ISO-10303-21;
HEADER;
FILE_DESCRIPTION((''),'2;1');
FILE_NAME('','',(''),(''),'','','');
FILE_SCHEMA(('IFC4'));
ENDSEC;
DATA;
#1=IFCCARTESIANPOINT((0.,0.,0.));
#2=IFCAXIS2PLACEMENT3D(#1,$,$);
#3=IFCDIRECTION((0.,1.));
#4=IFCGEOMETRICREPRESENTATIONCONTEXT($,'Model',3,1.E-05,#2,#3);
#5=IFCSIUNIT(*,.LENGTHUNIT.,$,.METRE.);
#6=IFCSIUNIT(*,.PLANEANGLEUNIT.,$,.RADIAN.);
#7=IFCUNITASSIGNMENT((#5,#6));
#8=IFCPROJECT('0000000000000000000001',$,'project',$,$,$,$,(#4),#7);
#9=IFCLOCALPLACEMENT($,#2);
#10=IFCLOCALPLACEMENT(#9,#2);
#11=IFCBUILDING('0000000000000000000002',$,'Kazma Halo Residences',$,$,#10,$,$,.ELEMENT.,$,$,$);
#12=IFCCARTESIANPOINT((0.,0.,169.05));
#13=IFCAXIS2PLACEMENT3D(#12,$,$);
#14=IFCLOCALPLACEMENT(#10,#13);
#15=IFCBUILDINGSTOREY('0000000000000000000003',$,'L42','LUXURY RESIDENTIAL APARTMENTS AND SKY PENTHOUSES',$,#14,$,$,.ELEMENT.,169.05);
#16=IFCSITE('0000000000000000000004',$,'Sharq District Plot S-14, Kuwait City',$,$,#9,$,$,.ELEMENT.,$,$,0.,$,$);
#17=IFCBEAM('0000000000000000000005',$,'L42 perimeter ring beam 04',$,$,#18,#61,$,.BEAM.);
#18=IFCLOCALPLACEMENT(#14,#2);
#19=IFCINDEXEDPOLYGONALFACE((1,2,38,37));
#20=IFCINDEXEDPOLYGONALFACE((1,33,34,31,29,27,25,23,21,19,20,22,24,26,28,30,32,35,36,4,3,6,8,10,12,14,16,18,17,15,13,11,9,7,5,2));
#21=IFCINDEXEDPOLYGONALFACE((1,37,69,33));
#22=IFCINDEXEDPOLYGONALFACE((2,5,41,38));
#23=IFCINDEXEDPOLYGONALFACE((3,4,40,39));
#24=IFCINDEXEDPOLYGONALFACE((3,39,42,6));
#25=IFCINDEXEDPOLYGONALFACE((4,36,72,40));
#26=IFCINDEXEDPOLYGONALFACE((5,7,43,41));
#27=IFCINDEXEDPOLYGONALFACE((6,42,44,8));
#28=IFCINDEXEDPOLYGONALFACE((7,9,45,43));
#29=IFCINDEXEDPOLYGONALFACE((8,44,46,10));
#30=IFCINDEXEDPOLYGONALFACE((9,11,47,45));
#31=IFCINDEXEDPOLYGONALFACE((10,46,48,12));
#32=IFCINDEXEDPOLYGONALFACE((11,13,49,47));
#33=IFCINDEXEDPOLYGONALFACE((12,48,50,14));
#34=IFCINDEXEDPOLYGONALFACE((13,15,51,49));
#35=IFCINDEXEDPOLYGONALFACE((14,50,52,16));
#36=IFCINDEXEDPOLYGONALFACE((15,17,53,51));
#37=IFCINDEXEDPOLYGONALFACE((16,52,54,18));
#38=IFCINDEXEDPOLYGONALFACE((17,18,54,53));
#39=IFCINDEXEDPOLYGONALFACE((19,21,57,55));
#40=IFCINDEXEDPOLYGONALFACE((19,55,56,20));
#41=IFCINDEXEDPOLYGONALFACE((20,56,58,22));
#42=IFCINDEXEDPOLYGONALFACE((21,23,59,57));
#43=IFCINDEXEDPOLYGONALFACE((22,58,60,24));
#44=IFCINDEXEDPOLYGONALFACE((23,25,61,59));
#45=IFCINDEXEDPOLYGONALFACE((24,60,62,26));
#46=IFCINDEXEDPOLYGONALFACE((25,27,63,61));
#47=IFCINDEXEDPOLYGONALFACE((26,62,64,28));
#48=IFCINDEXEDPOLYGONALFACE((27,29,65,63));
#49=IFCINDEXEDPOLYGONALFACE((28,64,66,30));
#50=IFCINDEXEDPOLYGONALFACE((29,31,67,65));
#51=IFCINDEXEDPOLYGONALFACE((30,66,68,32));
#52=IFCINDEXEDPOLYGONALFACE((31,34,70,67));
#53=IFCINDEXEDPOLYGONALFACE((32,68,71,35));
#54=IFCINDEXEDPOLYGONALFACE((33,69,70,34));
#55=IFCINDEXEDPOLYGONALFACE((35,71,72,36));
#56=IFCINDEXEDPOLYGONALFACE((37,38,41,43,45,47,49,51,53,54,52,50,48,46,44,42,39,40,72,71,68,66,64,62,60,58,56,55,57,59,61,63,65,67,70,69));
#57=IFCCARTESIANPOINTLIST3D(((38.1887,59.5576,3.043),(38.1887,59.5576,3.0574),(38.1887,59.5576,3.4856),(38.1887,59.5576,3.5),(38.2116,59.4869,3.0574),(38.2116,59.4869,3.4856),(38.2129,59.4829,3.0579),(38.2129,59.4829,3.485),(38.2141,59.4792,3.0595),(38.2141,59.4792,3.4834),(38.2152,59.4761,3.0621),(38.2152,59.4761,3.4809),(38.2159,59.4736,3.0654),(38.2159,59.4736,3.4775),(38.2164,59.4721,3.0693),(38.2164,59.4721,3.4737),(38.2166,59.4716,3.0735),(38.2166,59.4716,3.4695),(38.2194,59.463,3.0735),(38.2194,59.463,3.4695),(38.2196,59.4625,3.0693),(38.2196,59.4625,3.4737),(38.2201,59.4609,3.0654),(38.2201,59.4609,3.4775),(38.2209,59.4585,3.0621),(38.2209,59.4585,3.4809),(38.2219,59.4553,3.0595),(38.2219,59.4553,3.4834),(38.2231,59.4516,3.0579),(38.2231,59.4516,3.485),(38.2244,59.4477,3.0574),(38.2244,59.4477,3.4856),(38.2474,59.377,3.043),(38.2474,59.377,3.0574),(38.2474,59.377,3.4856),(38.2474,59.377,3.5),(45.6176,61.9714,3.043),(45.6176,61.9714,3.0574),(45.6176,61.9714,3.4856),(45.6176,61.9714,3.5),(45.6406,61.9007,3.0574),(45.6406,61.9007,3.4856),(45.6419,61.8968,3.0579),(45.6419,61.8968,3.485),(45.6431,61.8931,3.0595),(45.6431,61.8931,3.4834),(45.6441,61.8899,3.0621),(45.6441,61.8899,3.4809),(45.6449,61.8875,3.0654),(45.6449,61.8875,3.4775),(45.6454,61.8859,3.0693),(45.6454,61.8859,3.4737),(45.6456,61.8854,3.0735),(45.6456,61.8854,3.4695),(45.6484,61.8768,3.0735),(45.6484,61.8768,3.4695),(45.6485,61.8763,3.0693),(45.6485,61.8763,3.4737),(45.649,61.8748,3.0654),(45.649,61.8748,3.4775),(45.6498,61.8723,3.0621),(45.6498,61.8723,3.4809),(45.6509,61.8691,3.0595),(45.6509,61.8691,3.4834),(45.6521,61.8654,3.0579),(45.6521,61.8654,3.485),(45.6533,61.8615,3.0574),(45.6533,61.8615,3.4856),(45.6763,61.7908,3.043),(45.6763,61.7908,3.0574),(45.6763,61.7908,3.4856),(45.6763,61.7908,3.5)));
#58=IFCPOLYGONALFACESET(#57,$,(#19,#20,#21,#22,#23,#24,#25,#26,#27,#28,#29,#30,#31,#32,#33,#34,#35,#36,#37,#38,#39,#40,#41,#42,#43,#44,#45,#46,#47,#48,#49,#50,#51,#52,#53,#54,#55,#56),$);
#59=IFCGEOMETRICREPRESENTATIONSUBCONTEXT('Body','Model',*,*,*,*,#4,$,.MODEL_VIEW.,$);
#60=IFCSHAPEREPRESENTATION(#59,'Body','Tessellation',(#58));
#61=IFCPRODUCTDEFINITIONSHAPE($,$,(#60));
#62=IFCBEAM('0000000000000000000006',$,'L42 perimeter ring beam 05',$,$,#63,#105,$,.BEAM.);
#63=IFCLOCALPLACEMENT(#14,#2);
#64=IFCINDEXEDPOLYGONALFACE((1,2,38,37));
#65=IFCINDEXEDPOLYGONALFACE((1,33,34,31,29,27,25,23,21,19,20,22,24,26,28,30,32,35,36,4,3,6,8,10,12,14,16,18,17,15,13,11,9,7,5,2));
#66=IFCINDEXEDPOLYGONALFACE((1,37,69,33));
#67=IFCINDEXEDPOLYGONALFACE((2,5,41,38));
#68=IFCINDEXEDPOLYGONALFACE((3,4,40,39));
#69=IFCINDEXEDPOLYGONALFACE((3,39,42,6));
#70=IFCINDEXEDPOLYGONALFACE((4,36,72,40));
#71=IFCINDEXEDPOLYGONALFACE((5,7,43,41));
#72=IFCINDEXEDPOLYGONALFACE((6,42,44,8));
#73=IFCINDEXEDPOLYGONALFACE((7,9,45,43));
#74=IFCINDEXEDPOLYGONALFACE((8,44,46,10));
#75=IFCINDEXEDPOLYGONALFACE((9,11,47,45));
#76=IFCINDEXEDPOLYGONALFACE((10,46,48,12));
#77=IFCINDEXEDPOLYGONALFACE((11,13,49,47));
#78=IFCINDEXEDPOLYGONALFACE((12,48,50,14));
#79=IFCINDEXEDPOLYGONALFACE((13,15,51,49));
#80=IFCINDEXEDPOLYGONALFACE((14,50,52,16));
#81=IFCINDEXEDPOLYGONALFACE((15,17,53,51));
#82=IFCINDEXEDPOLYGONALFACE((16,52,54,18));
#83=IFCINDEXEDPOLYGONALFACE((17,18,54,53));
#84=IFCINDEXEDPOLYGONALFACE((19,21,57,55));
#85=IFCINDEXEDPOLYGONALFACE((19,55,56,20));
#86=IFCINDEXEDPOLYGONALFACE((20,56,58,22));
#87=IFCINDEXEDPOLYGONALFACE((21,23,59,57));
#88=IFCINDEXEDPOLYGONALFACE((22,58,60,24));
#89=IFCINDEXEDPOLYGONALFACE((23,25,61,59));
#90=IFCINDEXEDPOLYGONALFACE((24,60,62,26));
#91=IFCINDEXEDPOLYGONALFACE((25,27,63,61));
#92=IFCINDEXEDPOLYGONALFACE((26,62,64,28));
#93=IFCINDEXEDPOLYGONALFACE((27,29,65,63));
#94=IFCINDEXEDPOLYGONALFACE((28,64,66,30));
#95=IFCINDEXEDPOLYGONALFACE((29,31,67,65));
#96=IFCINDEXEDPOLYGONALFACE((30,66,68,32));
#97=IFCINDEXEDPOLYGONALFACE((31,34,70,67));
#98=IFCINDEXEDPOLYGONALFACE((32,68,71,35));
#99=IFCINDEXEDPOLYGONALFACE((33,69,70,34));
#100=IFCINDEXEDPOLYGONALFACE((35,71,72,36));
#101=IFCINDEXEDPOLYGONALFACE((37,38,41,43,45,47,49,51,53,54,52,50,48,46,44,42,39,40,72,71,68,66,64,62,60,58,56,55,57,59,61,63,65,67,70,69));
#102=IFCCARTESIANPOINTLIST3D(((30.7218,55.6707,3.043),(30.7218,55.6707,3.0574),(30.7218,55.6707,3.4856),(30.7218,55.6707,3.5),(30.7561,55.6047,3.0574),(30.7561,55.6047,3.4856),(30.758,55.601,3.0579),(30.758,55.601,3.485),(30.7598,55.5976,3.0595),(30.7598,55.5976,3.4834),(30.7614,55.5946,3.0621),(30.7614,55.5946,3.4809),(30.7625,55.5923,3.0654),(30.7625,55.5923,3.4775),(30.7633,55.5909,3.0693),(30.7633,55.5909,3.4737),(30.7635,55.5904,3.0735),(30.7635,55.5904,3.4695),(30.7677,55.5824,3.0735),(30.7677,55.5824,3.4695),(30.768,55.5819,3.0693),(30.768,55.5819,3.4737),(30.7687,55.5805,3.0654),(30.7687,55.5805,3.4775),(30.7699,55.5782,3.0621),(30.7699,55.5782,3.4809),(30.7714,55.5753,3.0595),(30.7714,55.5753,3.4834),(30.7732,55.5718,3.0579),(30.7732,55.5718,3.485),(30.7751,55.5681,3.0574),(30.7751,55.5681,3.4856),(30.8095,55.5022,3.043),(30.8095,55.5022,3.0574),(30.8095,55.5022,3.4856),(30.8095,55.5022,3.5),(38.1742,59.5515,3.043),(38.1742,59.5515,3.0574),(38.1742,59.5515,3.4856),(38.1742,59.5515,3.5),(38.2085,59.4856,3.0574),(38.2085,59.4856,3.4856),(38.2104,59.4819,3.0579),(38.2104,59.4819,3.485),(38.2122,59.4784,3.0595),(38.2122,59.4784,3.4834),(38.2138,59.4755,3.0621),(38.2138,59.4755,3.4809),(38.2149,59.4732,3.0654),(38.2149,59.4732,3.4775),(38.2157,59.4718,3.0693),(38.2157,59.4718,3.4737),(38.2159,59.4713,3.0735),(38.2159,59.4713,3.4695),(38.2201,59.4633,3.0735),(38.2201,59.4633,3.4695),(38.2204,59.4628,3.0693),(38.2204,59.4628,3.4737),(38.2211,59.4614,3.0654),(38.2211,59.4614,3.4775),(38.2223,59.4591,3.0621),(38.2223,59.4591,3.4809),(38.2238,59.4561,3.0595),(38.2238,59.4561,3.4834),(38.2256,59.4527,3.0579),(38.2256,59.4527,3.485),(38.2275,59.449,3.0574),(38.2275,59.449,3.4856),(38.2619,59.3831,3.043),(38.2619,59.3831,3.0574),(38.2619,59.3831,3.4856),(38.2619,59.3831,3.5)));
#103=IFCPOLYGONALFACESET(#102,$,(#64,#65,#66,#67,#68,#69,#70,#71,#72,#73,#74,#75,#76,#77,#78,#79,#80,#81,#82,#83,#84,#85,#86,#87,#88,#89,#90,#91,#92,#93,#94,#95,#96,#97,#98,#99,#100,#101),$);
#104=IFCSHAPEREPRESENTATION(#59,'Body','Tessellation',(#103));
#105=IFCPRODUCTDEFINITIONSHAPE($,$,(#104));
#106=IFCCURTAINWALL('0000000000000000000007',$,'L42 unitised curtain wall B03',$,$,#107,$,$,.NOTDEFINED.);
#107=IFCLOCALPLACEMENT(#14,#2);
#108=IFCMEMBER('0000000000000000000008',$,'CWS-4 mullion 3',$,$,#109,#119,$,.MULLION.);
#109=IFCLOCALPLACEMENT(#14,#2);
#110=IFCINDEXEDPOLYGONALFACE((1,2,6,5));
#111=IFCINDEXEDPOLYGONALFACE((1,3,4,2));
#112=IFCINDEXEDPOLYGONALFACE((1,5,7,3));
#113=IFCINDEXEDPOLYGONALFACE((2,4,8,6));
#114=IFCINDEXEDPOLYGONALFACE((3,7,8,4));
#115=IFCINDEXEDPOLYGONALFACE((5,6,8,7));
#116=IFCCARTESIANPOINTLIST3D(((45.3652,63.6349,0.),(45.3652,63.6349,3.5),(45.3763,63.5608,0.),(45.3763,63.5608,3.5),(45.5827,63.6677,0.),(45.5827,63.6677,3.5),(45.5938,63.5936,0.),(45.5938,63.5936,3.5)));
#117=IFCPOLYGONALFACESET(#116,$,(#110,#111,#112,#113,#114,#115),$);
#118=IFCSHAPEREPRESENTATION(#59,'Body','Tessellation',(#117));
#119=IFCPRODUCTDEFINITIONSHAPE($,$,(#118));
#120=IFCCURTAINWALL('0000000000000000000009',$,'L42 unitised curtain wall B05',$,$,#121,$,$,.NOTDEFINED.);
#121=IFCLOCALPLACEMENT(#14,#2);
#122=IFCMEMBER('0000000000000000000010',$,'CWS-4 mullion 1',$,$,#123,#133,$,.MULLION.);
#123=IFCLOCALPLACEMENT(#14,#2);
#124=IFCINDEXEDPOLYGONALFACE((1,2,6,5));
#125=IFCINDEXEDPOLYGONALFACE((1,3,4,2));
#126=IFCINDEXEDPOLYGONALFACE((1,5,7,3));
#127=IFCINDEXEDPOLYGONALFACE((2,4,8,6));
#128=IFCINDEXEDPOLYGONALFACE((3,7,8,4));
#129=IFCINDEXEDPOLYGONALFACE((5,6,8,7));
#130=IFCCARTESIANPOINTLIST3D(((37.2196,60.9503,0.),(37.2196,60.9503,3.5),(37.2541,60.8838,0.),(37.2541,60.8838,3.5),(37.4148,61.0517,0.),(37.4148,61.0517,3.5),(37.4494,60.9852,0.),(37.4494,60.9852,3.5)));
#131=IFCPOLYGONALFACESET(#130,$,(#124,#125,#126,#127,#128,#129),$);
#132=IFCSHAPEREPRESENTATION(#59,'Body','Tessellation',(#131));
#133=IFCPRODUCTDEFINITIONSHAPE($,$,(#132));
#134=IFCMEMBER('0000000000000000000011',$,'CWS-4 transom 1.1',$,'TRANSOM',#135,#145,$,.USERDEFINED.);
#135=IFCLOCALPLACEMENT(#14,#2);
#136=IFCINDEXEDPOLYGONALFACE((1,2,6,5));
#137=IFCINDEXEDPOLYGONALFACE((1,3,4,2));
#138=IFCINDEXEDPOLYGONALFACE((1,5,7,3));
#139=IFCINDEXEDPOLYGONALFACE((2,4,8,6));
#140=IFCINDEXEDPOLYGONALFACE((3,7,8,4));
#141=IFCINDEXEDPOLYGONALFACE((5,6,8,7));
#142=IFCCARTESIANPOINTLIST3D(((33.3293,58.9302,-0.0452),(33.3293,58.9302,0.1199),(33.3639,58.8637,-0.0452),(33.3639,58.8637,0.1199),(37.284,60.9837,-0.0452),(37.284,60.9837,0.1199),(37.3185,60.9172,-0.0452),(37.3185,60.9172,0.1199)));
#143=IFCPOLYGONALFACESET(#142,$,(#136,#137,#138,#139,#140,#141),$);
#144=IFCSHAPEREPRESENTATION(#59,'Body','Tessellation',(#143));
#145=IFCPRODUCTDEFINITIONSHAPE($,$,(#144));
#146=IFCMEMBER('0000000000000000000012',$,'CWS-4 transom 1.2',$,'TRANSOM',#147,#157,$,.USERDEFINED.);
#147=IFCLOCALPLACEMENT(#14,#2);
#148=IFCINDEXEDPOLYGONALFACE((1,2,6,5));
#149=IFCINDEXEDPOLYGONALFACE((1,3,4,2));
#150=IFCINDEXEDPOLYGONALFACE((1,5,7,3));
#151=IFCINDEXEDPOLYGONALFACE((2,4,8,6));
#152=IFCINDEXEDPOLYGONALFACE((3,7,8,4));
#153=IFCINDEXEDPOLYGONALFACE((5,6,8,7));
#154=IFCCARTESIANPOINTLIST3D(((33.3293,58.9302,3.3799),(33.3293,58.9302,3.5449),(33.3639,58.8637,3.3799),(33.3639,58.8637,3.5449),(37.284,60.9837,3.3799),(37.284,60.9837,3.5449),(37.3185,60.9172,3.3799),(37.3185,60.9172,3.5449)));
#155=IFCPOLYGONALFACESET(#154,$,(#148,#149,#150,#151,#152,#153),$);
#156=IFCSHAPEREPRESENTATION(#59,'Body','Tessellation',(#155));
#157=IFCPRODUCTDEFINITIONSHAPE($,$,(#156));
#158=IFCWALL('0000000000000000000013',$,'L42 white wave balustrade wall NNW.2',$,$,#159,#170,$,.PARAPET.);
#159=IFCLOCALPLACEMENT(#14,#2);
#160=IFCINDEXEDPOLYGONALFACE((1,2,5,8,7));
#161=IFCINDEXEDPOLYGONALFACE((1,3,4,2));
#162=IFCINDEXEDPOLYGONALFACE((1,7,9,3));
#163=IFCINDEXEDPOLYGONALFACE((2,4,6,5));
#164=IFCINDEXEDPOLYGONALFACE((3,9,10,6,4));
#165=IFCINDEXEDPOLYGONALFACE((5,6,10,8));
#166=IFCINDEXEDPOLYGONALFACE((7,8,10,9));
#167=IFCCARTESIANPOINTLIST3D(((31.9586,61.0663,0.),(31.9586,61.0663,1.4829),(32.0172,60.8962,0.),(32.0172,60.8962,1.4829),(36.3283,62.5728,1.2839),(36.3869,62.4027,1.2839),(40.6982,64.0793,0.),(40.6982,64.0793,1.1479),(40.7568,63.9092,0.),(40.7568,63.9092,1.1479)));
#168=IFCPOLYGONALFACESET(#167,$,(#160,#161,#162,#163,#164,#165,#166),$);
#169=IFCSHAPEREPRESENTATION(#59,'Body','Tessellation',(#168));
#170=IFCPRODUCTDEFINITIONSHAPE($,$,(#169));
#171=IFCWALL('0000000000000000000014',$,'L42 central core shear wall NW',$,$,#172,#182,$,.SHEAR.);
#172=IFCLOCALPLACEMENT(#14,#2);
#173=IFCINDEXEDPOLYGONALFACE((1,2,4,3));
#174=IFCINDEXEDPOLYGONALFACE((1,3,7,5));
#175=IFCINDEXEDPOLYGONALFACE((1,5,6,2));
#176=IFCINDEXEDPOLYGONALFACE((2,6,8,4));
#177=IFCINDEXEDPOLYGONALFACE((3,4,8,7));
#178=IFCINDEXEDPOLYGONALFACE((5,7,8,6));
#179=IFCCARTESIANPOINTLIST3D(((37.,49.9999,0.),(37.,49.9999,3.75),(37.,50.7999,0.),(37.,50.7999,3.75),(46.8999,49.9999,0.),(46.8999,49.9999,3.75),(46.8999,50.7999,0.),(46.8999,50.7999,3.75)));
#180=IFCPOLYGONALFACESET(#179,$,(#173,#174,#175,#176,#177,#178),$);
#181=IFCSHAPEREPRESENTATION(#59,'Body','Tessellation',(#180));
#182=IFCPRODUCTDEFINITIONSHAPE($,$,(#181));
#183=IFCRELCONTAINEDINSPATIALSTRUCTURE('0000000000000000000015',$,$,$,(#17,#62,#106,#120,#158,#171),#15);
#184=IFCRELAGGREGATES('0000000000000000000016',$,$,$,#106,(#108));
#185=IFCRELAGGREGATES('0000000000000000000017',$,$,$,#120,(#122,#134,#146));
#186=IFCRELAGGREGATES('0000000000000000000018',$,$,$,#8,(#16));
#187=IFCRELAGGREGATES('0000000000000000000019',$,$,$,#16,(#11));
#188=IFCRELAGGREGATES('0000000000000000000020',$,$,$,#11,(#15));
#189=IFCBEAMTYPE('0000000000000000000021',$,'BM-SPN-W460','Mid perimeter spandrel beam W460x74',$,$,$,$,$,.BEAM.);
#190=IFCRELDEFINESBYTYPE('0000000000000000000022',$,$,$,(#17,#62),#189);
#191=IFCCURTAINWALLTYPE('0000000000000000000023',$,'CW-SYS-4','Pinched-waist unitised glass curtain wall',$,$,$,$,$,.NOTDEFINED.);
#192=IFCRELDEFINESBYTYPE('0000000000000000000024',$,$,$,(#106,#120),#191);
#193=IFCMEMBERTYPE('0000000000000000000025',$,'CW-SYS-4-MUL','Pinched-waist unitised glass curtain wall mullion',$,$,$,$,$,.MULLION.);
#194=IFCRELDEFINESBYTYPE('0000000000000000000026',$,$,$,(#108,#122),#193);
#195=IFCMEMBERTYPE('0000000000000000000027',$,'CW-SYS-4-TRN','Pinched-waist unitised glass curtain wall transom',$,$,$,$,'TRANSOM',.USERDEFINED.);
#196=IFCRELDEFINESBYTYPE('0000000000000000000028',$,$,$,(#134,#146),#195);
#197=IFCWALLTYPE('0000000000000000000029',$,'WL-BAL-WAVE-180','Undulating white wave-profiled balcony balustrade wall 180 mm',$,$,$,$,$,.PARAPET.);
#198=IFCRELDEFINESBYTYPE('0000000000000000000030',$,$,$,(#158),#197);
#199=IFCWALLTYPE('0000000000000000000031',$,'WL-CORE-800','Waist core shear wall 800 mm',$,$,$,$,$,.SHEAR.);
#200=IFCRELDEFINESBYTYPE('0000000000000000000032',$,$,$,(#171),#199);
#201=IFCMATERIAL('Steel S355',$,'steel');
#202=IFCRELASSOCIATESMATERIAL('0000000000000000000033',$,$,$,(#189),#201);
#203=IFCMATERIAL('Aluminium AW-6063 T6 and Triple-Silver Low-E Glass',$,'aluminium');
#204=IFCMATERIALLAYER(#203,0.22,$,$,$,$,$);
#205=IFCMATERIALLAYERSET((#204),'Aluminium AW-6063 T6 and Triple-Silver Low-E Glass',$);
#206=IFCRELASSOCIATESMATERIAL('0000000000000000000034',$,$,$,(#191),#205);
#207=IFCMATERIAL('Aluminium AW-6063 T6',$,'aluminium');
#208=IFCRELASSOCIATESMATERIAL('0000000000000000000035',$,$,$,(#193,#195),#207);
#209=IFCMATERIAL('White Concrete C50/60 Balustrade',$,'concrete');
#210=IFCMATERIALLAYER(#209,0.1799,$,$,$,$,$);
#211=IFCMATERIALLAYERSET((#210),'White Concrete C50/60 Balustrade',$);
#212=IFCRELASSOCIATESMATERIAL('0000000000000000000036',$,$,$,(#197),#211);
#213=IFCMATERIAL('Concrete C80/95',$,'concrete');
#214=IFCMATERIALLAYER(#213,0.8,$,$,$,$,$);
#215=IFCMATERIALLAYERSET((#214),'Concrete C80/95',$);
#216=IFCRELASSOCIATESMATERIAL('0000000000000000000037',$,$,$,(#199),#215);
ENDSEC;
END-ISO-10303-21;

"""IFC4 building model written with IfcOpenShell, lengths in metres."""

from ifc_helpers import new_model, si_unit, direction, frame, frame_2d, origin, origin_2d, place, context, subcontext, project, spatial, polyline, rectangle, i_section, outline, extrude, material, layer, layer_set, material_profile, profile_set, type_object, element, aggregate, save


model = new_model("IFC4")

# Units and contexts
model_context = context("Model", 3, precision=1e-05, world=origin(), true_north=direction((0.0, 1.0)))
body_context = subcontext(model_context, "Body", "Model", "MODEL_VIEW")
ifc_project = project(units=[si_unit("LENGTHUNIT", "METRE"), si_unit("PLANEANGLEUNIT", "RADIAN")], contexts=[model_context])

# Site, building, storey
site_placement = place(None, origin())
site = spatial("IfcSite", under=ifc_project, at=site_placement, Name="Sharq District Plot S-14, Kuwait City", CompositionType="ELEMENT", RefElevation=0.0)
building_placement = place(site_placement, origin())
building = spatial("IfcBuilding", under=site, at=building_placement, Name="Kazma Halo Residences", CompositionType="ELEMENT")
storey_placement = place(building_placement, frame((0.0, 0.0, 169.05)))
storey = spatial("IfcBuildingStorey", under=building, at=storey_placement, Name="L42", Description="LUXURY RESIDENTIAL APARTMENTS AND SKY PENTHOUSES", CompositionType="ELEMENT", Elevation=169.05)

# Shared definitions
ifc_material_1 = material(Name="Concrete C80/95", Category="concrete")

# Beams
ifc_material_2 = material(Name="Steel S355", Category="steel")
ifc_material_profile_1 = material_profile(ifc_material_2, i_section(OverallWidth=0.1899, OverallDepth=0.457, WebThickness=0.009, FlangeThickness=0.0144, FilletRadius=0.0161, at=origin_2d()), Name="W460x74")
ifc_profile_set_1 = profile_set([ifc_material_profile_1], Name="Steel S355")
beam_type_1 = type_object("IfcBeamType", Name="BM-SPN-W460", Description="Mid perimeter spandrel beam W460x74", PredefinedType="BEAM", material=ifc_profile_set_1)
beam_1_placement = place(storey_placement, frame((45.647, 61.8811, 3.2715), z_axis=(-0.951056, -0.309018, 0.0), x_axis=(0.309018, -0.951056, 0.0)))
element("IfcBeam", 1, at=beam_1_placement, inside=storey, type_object=beam_type_1, Name="L42 perimeter ring beam 04", PredefinedType="BEAM", context=body_context, shape_type="SweptSolid", body=[
    extrude(i_section(OverallWidth=0.1899, OverallDepth=0.457, WebThickness=0.009, FlangeThickness=0.0144, FilletRadius=0.0161, at=origin_2d()), origin(), (0.0, 0.0, 1.0), 7.8113),
])
beam_2_placement = place(storey_placement, frame((38.218, 59.4673, 3.2715), z_axis=(-0.886943, -0.461879, 0.0), x_axis=(0.461879, -0.886943, 0.0)))
element("IfcBeam", 2, at=beam_2_placement, inside=storey, type_object=beam_type_1, Name="L42 perimeter ring beam 05", PredefinedType="BEAM", context=body_context, shape_type="SweptSolid", body=[
    extrude(i_section(OverallWidth=0.1899, OverallDepth=0.457, WebThickness=0.009, FlangeThickness=0.0144, FilletRadius=0.0161, at=origin_2d()), origin(), (0.0, 0.0, 1.0), 8.4023),
])

# Curtain wall, member
ifc_material_3 = material(Name="Aluminium AW-6063 T6 and Triple-Silver Low-E Glass", Category="aluminium")
ifc_layer_1 = layer(ifc_material_3, 0.22)
ifc_layer_set_1 = layer_set([ifc_layer_1], Name="Aluminium AW-6063 T6 and Triple-Silver Low-E Glass")
curtain_wall_type = type_object("IfcCurtainWallType", Name="CW-SYS-4", Description="Pinched-waist unitised glass curtain wall", PredefinedType="NOTDEFINED", material=ifc_layer_set_1)
curtain_wall_1_placement = place(storey_placement, origin())
curtain_wall_1 = element("IfcCurtainWall", 3, at=curtain_wall_1_placement, inside=storey, type_object=curtain_wall_type, Name="L42 unitised curtain wall B03", PredefinedType="NOTDEFINED")
ifc_material_4 = material(Name="Aluminium AW-6063 T6", Category="aluminium")
ifc_material_profile_2 = material_profile(ifc_material_4, rectangle(XDim=0.075, YDim=0.22, at=origin_2d()), Name="CWM-75x220")
ifc_profile_set_2 = profile_set([ifc_material_profile_2], Name="Aluminium AW-6063 T6")
member_type_1 = type_object("IfcMemberType", Name="CW-SYS-4-MUL", Description="Pinched-waist unitised glass curtain wall mullion", PredefinedType="MULLION", material=ifc_profile_set_2)
member_1_placement = place(storey_placement, frame((45.4795, 63.6143, 0.0), z_axis=(0.0, 0.0, 1.0), x_axis=(0.148821, -0.988864, 0.0)))
member_1 = element("IfcMember", 4, at=member_1_placement, type_object=member_type_1, Name="CWS-4 mullion 3", PredefinedType="MULLION", context=body_context, shape_type="SweptSolid", body=[
    extrude(rectangle(XDim=0.075, YDim=0.22, at=origin_2d()), origin(), (0.0, 0.0, 1.0), 3.5),
])
aggregate(curtain_wall_1, [member_1])

# Curtain wall, members
curtain_wall_2_placement = place(storey_placement, origin())
curtain_wall_2 = element("IfcCurtainWall", 5, at=curtain_wall_2_placement, inside=storey, type_object=curtain_wall_type, Name="L42 unitised curtain wall B05", PredefinedType="NOTDEFINED")
member_2_placement = place(storey_placement, frame((37.3345, 60.9678, 0.0), z_axis=(0.0, 0.0, 1.0), x_axis=(0.460837, -0.887485, 0.0)))
member_2 = element("IfcMember", 6, at=member_2_placement, type_object=member_type_1, Name="CWS-4 mullion 1", PredefinedType="MULLION", context=body_context, shape_type="SweptSolid", body=[
    extrude(rectangle(XDim=0.075, YDim=0.22, at=origin_2d()), origin(), (0.0, 0.0, 1.0), 3.5),
])
ifc_material_profile_3 = material_profile(ifc_material_4, rectangle(XDim=0.075, YDim=0.165, at=origin_2d()), Name="CWT-75x165")
ifc_profile_set_3 = profile_set([ifc_material_profile_3], Name="Aluminium AW-6063 T6")
member_type_2 = type_object("IfcMemberType", Name="CW-SYS-4-TRN", Description="Pinched-waist unitised glass curtain wall transom", ElementType="TRANSOM", PredefinedType="USERDEFINED", material=ifc_profile_set_3)
member_3_placement = place(storey_placement, frame((37.3013, 60.9504, 0.0374), z_axis=(-0.887485, -0.460837, 0.0), x_axis=(0.460837, -0.887485, 0.0)))
member_3 = element("IfcMember", 7, at=member_3_placement, type_object=member_type_2, Name="CWS-4 transom 1.1", ObjectType="TRANSOM", PredefinedType="USERDEFINED", context=body_context, shape_type="SweptSolid", body=[
    extrude(rectangle(XDim=0.075, YDim=0.165, at=origin_2d()), origin(), (0.0, 0.0, 1.0), 4.4561),
])
member_4_placement = place(storey_placement, frame((37.3013, 60.9504, 3.4624), z_axis=(-0.887485, -0.460837, 0.0), x_axis=(0.460837, -0.887485, 0.0)))
member_4 = element("IfcMember", 8, at=member_4_placement, type_object=member_type_2, Name="CWS-4 transom 1.2", ObjectType="TRANSOM", PredefinedType="USERDEFINED", context=body_context, shape_type="SweptSolid", body=[
    extrude(rectangle(XDim=0.075, YDim=0.165, at=origin_2d()), origin(), (0.0, 0.0, 1.0), 4.4561),
])
aggregate(curtain_wall_2, [member_2, member_3, member_4])

# Walls
ifc_material_5 = material(Name="White Concrete C50/60 Balustrade", Category="concrete")
ifc_layer_2 = layer(ifc_material_5, 0.1799)
ifc_layer_set_2 = layer_set([ifc_layer_2], Name="White Concrete C50/60 Balustrade")
wall_type_1 = type_object("IfcWallType", Name="WL-BAL-WAVE-180", Description="Undulating white wave-profiled balcony balustrade wall 180 mm", PredefinedType="PARAPET", material=ifc_layer_set_2)
wall_1_placement = place(storey_placement, frame((40.7275, 63.9941, 0.0), z_axis=(0.0, 0.0, 1.0), x_axis=(-0.945396, -0.325925, 0.0)))
element("IfcWall", 9, at=wall_1_placement, inside=storey, type_object=wall_type_1, Name="L42 white wave balustrade wall NNW.2", PredefinedType="PARAPET", context=body_context, shape_type="SweptSolid", body=[
    extrude(outline(polyline([(0.0, 0.0), (9.2444, 0.0), (9.2444, 1.4829), (4.6223, 1.2839), (0.0, 1.1479), (0.0, 0.0)])), frame((0.0, 0.0898, 0.0), z_axis=(0.0, -1.0, 0.0), x_axis=(1.0, 0.0, 0.0)), (0.0, 0.0, 1.0), 0.1799),
])
ifc_layer_3 = layer(ifc_material_1, 0.8)
ifc_layer_set_3 = layer_set([ifc_layer_3], Name="Concrete C80/95")
wall_type_2 = type_object("IfcWallType", Name="WL-CORE-800", Description="Waist core shear wall 800 mm", PredefinedType="SHEAR", material=ifc_layer_set_3)
wall_2_placement = place(storey_placement, frame((37.0, 50.3999, 0.0), z_axis=(0.0, 0.0, 1.0), x_axis=(1.0, 0.0, 0.0)))
element("IfcWall", 10, at=wall_2_placement, inside=storey, type_object=wall_type_2, Name="L42 central core shear wall NW", PredefinedType="SHEAR", context=body_context, shape_type="SweptSolid", body=[
    extrude(rectangle(XDim=9.8999, YDim=0.8, at=frame_2d((4.95, 0.0))), origin(), (0.0, 0.0, 1.0), 3.75),
])

save(model, "model.ifc")
